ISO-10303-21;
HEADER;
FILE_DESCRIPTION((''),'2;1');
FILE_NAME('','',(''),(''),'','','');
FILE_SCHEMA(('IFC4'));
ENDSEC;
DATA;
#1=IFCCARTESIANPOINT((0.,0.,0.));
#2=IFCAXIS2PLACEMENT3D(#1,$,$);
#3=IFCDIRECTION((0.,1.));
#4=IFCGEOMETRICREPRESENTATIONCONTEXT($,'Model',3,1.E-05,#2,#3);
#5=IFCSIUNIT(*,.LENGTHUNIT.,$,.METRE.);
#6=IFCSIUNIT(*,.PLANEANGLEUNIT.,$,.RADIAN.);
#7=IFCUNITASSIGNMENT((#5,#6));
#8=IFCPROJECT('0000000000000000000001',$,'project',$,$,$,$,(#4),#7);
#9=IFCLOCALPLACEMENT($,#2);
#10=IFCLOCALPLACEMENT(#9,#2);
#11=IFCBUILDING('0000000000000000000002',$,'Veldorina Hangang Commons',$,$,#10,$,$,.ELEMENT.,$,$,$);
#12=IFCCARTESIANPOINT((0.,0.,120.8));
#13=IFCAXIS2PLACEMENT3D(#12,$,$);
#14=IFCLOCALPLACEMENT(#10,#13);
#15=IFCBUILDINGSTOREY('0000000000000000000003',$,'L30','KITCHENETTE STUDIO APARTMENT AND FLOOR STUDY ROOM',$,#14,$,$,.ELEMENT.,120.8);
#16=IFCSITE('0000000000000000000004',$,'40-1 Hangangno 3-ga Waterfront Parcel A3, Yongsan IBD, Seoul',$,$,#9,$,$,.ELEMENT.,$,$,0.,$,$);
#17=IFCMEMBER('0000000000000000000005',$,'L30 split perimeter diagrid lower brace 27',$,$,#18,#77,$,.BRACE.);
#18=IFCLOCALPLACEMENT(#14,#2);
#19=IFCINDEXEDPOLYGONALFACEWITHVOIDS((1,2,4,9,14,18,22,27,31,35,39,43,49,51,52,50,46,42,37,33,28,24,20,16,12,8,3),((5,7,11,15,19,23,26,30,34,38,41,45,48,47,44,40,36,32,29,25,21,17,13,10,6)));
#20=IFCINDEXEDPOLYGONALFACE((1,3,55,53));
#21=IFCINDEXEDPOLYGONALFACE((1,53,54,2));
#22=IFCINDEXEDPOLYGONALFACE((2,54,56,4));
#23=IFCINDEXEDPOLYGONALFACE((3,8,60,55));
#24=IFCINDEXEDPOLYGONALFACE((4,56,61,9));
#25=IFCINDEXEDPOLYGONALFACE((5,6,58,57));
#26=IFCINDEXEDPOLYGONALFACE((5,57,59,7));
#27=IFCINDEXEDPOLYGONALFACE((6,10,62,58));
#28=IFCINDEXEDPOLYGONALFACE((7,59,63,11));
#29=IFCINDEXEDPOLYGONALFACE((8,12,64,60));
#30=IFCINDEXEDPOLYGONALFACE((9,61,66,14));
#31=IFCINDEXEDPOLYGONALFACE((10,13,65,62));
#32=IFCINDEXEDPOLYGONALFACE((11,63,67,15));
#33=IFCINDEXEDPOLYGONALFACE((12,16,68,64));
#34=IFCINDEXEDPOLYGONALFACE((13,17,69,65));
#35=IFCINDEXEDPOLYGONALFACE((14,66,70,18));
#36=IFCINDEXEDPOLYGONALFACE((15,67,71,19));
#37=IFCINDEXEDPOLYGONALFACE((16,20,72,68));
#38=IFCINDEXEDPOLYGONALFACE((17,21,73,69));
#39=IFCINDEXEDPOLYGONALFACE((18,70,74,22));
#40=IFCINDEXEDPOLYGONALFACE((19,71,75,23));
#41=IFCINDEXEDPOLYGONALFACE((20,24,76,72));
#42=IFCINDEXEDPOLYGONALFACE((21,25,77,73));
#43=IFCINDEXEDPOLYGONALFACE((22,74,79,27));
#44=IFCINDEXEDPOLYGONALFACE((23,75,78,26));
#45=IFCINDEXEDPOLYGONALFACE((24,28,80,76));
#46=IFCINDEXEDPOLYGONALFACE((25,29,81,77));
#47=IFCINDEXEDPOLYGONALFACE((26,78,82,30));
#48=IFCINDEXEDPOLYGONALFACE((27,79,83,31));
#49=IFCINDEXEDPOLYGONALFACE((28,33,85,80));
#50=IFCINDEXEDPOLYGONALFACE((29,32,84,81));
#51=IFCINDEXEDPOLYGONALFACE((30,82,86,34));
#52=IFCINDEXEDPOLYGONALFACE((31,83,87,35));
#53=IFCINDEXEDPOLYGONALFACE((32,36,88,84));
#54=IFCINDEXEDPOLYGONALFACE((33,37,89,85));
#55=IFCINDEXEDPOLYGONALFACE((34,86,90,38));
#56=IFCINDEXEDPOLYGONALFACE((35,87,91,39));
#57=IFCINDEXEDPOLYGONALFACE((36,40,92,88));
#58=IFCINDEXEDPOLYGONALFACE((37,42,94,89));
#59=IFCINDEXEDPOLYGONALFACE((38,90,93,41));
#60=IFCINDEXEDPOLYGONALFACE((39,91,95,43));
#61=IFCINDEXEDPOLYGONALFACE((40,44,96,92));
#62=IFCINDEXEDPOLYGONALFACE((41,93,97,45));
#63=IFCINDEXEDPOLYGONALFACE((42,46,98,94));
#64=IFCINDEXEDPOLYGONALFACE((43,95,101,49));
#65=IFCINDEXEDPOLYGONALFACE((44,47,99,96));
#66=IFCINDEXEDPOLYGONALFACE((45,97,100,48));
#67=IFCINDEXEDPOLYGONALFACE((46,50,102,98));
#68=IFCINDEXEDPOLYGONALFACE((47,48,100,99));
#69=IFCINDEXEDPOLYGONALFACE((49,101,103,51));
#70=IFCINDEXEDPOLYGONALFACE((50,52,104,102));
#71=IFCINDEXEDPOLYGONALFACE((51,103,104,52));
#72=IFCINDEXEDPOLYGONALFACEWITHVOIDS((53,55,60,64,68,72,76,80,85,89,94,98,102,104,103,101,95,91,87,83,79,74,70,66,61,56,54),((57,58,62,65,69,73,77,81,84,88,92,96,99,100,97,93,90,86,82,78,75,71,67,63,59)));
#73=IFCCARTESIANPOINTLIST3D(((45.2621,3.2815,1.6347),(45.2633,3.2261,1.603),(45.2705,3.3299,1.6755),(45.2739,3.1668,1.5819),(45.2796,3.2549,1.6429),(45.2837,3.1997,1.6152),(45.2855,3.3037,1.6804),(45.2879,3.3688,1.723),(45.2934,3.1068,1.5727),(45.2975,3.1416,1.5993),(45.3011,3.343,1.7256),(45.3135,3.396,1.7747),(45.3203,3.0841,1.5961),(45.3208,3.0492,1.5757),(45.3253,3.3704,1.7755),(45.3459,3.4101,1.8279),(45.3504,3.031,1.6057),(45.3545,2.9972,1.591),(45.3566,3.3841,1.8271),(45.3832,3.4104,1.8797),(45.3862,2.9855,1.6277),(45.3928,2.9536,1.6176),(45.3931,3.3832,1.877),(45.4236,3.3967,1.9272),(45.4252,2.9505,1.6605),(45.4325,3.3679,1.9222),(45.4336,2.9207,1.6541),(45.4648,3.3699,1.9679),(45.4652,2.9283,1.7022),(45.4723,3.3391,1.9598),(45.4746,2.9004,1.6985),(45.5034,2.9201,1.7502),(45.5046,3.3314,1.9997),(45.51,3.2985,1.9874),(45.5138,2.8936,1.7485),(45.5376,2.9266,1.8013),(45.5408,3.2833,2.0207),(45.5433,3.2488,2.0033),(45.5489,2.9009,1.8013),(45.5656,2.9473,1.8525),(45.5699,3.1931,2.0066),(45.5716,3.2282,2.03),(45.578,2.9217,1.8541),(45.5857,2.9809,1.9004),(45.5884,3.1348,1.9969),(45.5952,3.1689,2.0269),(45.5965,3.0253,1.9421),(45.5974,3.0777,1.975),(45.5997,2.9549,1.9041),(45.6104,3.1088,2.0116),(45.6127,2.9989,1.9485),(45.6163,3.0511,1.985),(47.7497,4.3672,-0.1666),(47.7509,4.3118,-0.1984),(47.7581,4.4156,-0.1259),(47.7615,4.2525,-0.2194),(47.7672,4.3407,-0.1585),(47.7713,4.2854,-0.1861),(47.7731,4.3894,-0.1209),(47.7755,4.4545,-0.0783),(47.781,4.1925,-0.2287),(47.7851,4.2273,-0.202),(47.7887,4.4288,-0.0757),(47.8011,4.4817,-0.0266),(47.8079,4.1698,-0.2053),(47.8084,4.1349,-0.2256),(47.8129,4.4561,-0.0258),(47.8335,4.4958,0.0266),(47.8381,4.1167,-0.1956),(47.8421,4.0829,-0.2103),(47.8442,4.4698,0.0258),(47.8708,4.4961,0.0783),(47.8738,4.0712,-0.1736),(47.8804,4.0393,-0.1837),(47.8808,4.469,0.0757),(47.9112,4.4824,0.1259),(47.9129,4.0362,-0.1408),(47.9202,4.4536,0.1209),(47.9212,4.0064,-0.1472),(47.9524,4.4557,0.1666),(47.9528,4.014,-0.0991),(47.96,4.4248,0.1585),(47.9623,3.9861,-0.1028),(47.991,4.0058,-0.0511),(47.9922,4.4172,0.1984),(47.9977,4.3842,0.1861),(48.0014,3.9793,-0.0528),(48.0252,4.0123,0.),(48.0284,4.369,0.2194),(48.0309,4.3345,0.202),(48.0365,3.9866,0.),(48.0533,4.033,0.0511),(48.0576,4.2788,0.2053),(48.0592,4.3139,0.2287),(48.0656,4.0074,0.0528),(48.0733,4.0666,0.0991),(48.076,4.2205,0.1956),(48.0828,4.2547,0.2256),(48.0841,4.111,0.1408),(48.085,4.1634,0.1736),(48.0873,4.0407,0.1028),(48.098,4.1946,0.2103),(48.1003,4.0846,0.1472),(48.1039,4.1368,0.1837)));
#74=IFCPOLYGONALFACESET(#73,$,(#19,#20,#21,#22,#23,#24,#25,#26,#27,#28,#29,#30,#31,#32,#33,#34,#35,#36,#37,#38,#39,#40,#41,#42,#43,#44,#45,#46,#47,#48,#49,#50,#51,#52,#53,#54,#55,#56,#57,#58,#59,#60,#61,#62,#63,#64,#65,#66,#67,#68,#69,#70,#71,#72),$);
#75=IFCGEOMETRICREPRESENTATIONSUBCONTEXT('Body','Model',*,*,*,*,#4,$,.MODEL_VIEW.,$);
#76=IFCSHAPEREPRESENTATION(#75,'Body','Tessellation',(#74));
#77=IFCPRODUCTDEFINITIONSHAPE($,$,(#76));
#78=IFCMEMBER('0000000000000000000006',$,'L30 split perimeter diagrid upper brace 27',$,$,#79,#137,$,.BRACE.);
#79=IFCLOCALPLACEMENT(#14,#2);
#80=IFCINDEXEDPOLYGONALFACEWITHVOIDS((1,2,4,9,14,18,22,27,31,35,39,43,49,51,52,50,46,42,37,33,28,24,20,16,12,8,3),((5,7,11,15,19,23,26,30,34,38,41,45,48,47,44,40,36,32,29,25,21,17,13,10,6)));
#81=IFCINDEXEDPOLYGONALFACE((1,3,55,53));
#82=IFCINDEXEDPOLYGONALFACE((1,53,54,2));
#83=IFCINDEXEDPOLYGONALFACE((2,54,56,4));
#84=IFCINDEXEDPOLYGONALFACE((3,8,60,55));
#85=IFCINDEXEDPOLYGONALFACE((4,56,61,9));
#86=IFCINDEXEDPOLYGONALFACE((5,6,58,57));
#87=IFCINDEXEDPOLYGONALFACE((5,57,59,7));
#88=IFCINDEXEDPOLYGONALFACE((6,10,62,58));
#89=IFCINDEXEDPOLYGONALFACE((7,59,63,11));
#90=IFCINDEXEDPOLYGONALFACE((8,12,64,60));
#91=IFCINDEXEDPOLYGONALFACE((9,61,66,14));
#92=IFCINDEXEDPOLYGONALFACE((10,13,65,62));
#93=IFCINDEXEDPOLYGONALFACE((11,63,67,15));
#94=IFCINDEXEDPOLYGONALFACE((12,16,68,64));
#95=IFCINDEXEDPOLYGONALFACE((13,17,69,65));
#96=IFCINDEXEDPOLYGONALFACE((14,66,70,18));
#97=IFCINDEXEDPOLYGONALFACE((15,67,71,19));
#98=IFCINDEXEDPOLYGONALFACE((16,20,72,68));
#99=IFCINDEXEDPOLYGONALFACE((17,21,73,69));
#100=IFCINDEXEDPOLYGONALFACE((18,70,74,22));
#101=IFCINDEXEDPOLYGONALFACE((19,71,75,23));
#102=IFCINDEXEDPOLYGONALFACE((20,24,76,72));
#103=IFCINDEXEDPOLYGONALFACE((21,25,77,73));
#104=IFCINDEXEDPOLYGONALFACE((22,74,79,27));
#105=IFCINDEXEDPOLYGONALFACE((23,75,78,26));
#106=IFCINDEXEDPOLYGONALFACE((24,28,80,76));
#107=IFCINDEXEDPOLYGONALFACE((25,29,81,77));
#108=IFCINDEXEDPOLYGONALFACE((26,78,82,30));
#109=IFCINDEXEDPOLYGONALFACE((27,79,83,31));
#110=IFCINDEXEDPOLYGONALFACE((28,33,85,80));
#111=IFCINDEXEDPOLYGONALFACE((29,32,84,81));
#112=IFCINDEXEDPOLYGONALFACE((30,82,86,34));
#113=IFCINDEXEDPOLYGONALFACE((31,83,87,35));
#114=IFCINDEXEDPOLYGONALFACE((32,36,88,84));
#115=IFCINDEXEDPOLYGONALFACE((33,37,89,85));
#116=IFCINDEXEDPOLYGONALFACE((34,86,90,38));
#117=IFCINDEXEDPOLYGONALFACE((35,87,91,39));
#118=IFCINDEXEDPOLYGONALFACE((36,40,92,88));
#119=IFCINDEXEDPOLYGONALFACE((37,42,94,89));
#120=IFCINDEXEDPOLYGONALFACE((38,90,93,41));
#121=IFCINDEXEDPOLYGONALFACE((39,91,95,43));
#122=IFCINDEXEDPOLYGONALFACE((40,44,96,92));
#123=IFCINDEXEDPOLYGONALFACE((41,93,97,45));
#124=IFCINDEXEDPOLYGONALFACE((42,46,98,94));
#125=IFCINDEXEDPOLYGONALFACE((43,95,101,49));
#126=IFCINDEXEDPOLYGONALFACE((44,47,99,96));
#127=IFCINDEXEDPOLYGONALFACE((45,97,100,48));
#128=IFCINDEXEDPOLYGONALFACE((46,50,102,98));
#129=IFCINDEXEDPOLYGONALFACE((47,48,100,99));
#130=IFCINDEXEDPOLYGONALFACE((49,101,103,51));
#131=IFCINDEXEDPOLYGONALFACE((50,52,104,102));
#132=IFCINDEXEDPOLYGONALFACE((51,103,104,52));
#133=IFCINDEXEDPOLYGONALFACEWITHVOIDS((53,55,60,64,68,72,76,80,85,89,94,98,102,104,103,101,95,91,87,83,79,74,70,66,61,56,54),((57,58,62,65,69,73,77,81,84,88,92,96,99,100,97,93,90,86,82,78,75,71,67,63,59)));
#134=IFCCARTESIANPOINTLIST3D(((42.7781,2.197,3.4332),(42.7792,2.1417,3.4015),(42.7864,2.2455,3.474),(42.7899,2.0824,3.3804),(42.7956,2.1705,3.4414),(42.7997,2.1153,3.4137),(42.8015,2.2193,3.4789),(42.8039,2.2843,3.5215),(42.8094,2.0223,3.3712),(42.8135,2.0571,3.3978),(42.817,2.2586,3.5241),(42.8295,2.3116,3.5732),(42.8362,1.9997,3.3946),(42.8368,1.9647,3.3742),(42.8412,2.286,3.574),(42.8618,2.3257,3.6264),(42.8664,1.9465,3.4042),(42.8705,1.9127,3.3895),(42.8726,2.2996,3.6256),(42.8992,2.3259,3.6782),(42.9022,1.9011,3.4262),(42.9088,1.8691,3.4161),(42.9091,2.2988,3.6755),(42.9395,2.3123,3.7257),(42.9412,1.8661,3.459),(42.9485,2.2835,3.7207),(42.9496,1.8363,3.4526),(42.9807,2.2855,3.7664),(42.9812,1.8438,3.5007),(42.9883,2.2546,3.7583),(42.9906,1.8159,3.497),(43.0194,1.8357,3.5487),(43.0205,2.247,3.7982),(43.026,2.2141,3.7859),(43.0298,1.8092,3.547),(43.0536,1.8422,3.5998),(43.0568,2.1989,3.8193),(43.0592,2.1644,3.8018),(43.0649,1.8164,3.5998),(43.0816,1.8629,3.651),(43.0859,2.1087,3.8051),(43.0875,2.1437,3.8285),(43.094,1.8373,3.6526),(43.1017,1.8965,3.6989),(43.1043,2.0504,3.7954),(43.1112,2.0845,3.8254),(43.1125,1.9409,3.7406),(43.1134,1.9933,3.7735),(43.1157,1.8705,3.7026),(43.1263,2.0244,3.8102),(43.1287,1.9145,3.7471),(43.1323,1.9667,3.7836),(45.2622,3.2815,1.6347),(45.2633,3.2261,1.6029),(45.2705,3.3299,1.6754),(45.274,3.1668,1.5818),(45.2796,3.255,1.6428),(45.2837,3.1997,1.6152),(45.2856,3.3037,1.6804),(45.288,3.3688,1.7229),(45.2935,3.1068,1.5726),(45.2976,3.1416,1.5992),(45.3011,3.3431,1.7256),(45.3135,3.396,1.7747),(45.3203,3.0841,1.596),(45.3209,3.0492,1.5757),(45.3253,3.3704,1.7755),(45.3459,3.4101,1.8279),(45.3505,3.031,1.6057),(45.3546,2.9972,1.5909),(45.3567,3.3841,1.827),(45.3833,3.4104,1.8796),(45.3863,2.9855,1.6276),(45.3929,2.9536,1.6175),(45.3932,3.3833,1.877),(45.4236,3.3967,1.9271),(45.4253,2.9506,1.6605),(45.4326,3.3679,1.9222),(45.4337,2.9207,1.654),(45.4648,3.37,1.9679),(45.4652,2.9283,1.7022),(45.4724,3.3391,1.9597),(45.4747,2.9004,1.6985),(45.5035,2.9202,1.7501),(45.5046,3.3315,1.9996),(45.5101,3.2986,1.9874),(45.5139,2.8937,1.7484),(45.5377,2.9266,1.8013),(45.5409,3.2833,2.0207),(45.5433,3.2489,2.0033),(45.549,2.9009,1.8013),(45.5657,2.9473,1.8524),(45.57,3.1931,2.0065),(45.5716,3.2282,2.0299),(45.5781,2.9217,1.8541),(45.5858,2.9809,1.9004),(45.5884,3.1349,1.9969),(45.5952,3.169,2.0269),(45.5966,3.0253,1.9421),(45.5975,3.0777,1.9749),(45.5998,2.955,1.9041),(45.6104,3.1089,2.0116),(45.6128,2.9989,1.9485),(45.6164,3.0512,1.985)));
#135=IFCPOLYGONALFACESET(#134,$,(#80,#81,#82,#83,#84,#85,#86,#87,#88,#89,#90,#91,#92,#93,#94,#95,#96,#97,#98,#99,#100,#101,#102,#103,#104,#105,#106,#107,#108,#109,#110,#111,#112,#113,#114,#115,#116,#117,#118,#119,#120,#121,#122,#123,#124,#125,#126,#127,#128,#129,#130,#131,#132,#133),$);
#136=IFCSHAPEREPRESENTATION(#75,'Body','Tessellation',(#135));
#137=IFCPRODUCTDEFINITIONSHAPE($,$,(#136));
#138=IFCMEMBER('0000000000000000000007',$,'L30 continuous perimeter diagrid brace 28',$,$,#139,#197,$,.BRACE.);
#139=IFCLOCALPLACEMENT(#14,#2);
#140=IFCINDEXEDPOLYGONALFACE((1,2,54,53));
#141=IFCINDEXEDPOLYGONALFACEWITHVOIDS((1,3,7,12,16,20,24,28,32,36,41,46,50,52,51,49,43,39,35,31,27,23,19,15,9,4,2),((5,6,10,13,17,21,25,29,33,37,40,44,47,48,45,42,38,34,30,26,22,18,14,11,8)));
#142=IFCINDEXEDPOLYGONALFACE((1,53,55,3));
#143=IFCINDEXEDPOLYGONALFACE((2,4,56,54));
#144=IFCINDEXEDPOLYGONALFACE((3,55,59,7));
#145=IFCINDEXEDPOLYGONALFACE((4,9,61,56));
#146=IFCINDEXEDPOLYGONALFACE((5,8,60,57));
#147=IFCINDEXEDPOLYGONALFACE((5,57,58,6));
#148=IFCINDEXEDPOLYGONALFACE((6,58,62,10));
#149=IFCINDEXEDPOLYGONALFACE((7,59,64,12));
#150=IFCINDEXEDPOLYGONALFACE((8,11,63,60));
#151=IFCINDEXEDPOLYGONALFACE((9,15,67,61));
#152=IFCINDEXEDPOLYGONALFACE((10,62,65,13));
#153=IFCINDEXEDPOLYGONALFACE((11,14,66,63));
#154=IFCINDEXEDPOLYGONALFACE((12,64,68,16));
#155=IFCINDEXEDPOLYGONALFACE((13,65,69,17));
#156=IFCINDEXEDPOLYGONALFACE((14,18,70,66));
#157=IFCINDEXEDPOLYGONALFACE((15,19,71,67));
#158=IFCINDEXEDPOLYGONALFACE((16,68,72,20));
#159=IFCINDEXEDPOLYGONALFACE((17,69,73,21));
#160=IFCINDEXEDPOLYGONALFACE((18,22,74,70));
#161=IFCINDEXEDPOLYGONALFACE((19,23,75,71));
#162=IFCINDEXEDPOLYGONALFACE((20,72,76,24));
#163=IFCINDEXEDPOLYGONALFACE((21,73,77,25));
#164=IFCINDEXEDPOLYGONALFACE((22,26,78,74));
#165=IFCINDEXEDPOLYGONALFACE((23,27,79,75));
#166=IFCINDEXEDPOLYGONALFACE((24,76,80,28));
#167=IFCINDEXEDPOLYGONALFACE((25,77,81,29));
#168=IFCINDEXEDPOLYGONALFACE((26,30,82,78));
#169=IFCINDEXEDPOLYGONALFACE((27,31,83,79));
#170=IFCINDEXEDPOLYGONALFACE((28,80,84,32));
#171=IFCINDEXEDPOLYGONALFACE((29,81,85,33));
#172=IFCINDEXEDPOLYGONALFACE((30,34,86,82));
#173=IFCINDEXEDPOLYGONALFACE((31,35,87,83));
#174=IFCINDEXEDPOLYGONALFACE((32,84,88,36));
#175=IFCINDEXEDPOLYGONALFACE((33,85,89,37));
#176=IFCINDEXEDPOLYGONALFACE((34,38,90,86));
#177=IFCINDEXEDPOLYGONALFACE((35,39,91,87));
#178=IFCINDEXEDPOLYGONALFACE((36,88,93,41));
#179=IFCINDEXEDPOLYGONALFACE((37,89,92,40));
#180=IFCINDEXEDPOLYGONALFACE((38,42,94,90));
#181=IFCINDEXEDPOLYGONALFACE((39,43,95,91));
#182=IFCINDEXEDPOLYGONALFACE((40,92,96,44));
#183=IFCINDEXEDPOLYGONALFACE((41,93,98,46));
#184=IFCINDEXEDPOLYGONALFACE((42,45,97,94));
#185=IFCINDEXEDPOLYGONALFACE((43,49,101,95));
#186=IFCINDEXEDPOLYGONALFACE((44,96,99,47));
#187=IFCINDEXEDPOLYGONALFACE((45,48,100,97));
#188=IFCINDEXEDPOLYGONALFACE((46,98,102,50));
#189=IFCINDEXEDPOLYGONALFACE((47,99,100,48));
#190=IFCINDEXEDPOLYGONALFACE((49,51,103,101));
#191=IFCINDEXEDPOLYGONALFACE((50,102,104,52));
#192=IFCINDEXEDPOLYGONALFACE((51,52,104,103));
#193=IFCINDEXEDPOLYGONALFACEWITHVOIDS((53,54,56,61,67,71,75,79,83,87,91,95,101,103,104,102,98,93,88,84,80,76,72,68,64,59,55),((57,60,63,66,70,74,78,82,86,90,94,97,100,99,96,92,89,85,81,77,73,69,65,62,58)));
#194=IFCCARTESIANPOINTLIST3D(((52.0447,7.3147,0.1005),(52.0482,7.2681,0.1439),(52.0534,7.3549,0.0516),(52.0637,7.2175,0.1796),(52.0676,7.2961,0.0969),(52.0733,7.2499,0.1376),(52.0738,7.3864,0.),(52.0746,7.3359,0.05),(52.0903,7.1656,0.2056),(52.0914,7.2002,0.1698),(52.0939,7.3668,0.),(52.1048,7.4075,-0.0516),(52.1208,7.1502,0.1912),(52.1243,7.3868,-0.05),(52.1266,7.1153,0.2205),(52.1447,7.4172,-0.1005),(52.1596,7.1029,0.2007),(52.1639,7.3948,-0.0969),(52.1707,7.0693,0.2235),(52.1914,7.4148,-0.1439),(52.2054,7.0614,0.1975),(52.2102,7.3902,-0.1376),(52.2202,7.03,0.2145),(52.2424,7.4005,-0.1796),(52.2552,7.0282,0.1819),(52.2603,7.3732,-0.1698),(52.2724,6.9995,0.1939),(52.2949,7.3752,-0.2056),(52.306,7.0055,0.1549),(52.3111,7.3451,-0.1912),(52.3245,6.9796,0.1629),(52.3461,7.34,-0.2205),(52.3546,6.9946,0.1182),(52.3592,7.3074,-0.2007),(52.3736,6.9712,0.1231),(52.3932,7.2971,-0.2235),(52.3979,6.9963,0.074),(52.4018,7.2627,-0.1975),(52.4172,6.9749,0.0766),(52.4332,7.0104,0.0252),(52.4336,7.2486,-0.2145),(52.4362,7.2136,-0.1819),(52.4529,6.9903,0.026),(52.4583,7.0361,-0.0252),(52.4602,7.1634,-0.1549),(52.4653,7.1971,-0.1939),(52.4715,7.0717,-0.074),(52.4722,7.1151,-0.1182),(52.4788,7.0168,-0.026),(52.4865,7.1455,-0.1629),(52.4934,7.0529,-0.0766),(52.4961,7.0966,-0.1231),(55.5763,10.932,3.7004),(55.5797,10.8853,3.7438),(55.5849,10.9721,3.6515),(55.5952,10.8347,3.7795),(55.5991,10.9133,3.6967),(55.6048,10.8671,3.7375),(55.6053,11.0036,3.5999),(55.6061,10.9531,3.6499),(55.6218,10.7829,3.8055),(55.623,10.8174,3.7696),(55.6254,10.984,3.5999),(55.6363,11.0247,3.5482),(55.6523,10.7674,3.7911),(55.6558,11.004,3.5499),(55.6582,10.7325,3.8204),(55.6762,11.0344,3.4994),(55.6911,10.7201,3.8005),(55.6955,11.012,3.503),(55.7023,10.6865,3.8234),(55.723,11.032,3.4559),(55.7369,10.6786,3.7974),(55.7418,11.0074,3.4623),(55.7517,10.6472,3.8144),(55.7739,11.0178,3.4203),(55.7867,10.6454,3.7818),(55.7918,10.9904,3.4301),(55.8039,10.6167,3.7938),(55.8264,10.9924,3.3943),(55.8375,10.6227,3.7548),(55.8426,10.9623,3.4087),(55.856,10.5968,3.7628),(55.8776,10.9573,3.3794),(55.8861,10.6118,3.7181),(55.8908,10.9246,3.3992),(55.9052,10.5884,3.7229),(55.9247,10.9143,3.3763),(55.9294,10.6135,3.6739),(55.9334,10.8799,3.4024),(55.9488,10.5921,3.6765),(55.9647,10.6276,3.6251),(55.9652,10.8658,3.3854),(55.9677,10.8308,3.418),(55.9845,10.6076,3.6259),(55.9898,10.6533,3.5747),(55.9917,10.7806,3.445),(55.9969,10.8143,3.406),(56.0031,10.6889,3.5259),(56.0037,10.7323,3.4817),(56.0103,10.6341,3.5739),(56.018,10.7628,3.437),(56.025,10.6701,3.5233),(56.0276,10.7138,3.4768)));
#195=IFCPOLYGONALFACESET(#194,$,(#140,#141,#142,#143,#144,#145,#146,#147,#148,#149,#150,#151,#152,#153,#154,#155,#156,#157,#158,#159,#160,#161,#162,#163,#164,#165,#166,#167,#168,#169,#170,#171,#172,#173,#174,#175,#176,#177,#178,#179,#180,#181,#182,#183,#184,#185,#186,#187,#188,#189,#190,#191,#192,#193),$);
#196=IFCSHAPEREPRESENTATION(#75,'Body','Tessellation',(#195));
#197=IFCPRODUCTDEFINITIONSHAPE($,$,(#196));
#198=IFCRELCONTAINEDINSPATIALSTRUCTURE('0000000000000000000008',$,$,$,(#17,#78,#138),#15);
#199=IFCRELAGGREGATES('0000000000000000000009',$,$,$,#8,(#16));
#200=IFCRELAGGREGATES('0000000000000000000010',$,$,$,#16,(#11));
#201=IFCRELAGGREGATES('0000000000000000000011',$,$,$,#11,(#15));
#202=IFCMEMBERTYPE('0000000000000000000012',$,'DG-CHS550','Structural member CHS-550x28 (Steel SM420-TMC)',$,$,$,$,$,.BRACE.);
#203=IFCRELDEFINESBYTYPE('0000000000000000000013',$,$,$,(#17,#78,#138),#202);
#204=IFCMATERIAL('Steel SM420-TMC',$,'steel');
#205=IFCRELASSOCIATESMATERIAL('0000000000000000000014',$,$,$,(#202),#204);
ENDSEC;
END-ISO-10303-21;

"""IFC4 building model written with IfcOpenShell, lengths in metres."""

from ifc_helpers import new_model, si_unit, direction, frame, origin, origin_2d, place, context, subcontext, project, spatial, hollow_circle, extrude, material, material_profile, profile_set, type_object, element, save


model = new_model("IFC4")

# Units and contexts
model_context = context("Model", 3, precision=1e-05, world=origin(), true_north=direction((0.0, 1.0)))
body_context = subcontext(model_context, "Body", "Model", "MODEL_VIEW")
ifc_project = project(units=[si_unit("LENGTHUNIT", "METRE"), si_unit("PLANEANGLEUNIT", "RADIAN")], contexts=[model_context])

# Site, building, storey
site_placement = place(None, origin())
site = spatial("IfcSite", under=ifc_project, at=site_placement, Name="40-1 Hangangno 3-ga Waterfront Parcel A3, Yongsan IBD, Seoul", CompositionType="ELEMENT", RefElevation=0.0)
building_placement = place(site_placement, origin())
building = spatial("IfcBuilding", under=site, at=building_placement, Name="Veldorina Hangang Commons", CompositionType="ELEMENT")
storey_placement = place(building_placement, frame((0.0, 0.0, 120.8)))
storey = spatial("IfcBuildingStorey", under=building, at=storey_placement, Name="L30", Description="KITCHENETTE STUDIO APARTMENT AND FLOOR STUDY ROOM", CompositionType="ELEMENT", Elevation=120.8)

# Shared definitions
ifc_material_1 = material(Name="Steel SM420-TMC", Category="steel")

# Members
ifc_material_profile_1 = material_profile(ifc_material_1, hollow_circle(Radius=0.2749, WallThickness=0.0281, at=origin_2d()), Name="CHS-550x28")
ifc_profile_set_1 = profile_set([ifc_material_profile_1], Name="Steel SM420-TMC")
member_type_1 = type_object("IfcMemberType", Name="DG-CHS550", Description="Structural member CHS-550x28 (Steel SM420-TMC)", PredefinedType="BRACE", material=ifc_profile_set_1)
member_1_placement = place(storey_placement, frame((47.9265, 4.2385, 0.0), z_axis=(-0.763641, -0.333292, 0.552963), x_axis=(0.400012, -0.91651, 0.0)))
element("IfcMember", 1, at=member_1_placement, inside=storey, type_object=member_type_1, Name="L30 split perimeter diagrid lower brace 27", PredefinedType="BRACE", context=body_context, shape_type="SweptSolid", body=[
    extrude(hollow_circle(Radius=0.2749, WallThickness=0.0281, at=origin_2d()), origin(), (0.0, 0.0, 1.0), 3.2576),
])
member_2_placement = place(storey_placement, frame((45.439, 3.1528, 1.8013), z_axis=(-0.763647, -0.333378, 0.552903), x_axis=(0.400096, -0.916473, 0.0)))
element("IfcMember", 2, at=member_2_placement, inside=storey, type_object=member_type_1, Name="L30 split perimeter diagrid upper brace 27", PredefinedType="BRACE", context=body_context, shape_type="SweptSolid", body=[
    extrude(hollow_circle(Radius=0.2749, WallThickness=0.0281, at=origin_2d()), origin(), (0.0, 0.0, 1.0), 3.2529),
])
member_3_placement = place(storey_placement, frame((52.2705, 7.1943, 0.0), z_axis=(0.569045, 0.582853, 0.58006), x_axis=(-0.715532, 0.69858, 0.0)))
element("IfcMember", 3, at=member_3_placement, inside=storey, type_object=member_type_1, Name="L30 continuous perimeter diagrid brace 28", PredefinedType="BRACE", context=body_context, shape_type="SweptSolid", body=[
    extrude(hollow_circle(Radius=0.2749, WallThickness=0.0281, at=origin_2d()), origin(), (0.0, 0.0, 1.0), 6.2061),
])

save(model, "model.ifc")
